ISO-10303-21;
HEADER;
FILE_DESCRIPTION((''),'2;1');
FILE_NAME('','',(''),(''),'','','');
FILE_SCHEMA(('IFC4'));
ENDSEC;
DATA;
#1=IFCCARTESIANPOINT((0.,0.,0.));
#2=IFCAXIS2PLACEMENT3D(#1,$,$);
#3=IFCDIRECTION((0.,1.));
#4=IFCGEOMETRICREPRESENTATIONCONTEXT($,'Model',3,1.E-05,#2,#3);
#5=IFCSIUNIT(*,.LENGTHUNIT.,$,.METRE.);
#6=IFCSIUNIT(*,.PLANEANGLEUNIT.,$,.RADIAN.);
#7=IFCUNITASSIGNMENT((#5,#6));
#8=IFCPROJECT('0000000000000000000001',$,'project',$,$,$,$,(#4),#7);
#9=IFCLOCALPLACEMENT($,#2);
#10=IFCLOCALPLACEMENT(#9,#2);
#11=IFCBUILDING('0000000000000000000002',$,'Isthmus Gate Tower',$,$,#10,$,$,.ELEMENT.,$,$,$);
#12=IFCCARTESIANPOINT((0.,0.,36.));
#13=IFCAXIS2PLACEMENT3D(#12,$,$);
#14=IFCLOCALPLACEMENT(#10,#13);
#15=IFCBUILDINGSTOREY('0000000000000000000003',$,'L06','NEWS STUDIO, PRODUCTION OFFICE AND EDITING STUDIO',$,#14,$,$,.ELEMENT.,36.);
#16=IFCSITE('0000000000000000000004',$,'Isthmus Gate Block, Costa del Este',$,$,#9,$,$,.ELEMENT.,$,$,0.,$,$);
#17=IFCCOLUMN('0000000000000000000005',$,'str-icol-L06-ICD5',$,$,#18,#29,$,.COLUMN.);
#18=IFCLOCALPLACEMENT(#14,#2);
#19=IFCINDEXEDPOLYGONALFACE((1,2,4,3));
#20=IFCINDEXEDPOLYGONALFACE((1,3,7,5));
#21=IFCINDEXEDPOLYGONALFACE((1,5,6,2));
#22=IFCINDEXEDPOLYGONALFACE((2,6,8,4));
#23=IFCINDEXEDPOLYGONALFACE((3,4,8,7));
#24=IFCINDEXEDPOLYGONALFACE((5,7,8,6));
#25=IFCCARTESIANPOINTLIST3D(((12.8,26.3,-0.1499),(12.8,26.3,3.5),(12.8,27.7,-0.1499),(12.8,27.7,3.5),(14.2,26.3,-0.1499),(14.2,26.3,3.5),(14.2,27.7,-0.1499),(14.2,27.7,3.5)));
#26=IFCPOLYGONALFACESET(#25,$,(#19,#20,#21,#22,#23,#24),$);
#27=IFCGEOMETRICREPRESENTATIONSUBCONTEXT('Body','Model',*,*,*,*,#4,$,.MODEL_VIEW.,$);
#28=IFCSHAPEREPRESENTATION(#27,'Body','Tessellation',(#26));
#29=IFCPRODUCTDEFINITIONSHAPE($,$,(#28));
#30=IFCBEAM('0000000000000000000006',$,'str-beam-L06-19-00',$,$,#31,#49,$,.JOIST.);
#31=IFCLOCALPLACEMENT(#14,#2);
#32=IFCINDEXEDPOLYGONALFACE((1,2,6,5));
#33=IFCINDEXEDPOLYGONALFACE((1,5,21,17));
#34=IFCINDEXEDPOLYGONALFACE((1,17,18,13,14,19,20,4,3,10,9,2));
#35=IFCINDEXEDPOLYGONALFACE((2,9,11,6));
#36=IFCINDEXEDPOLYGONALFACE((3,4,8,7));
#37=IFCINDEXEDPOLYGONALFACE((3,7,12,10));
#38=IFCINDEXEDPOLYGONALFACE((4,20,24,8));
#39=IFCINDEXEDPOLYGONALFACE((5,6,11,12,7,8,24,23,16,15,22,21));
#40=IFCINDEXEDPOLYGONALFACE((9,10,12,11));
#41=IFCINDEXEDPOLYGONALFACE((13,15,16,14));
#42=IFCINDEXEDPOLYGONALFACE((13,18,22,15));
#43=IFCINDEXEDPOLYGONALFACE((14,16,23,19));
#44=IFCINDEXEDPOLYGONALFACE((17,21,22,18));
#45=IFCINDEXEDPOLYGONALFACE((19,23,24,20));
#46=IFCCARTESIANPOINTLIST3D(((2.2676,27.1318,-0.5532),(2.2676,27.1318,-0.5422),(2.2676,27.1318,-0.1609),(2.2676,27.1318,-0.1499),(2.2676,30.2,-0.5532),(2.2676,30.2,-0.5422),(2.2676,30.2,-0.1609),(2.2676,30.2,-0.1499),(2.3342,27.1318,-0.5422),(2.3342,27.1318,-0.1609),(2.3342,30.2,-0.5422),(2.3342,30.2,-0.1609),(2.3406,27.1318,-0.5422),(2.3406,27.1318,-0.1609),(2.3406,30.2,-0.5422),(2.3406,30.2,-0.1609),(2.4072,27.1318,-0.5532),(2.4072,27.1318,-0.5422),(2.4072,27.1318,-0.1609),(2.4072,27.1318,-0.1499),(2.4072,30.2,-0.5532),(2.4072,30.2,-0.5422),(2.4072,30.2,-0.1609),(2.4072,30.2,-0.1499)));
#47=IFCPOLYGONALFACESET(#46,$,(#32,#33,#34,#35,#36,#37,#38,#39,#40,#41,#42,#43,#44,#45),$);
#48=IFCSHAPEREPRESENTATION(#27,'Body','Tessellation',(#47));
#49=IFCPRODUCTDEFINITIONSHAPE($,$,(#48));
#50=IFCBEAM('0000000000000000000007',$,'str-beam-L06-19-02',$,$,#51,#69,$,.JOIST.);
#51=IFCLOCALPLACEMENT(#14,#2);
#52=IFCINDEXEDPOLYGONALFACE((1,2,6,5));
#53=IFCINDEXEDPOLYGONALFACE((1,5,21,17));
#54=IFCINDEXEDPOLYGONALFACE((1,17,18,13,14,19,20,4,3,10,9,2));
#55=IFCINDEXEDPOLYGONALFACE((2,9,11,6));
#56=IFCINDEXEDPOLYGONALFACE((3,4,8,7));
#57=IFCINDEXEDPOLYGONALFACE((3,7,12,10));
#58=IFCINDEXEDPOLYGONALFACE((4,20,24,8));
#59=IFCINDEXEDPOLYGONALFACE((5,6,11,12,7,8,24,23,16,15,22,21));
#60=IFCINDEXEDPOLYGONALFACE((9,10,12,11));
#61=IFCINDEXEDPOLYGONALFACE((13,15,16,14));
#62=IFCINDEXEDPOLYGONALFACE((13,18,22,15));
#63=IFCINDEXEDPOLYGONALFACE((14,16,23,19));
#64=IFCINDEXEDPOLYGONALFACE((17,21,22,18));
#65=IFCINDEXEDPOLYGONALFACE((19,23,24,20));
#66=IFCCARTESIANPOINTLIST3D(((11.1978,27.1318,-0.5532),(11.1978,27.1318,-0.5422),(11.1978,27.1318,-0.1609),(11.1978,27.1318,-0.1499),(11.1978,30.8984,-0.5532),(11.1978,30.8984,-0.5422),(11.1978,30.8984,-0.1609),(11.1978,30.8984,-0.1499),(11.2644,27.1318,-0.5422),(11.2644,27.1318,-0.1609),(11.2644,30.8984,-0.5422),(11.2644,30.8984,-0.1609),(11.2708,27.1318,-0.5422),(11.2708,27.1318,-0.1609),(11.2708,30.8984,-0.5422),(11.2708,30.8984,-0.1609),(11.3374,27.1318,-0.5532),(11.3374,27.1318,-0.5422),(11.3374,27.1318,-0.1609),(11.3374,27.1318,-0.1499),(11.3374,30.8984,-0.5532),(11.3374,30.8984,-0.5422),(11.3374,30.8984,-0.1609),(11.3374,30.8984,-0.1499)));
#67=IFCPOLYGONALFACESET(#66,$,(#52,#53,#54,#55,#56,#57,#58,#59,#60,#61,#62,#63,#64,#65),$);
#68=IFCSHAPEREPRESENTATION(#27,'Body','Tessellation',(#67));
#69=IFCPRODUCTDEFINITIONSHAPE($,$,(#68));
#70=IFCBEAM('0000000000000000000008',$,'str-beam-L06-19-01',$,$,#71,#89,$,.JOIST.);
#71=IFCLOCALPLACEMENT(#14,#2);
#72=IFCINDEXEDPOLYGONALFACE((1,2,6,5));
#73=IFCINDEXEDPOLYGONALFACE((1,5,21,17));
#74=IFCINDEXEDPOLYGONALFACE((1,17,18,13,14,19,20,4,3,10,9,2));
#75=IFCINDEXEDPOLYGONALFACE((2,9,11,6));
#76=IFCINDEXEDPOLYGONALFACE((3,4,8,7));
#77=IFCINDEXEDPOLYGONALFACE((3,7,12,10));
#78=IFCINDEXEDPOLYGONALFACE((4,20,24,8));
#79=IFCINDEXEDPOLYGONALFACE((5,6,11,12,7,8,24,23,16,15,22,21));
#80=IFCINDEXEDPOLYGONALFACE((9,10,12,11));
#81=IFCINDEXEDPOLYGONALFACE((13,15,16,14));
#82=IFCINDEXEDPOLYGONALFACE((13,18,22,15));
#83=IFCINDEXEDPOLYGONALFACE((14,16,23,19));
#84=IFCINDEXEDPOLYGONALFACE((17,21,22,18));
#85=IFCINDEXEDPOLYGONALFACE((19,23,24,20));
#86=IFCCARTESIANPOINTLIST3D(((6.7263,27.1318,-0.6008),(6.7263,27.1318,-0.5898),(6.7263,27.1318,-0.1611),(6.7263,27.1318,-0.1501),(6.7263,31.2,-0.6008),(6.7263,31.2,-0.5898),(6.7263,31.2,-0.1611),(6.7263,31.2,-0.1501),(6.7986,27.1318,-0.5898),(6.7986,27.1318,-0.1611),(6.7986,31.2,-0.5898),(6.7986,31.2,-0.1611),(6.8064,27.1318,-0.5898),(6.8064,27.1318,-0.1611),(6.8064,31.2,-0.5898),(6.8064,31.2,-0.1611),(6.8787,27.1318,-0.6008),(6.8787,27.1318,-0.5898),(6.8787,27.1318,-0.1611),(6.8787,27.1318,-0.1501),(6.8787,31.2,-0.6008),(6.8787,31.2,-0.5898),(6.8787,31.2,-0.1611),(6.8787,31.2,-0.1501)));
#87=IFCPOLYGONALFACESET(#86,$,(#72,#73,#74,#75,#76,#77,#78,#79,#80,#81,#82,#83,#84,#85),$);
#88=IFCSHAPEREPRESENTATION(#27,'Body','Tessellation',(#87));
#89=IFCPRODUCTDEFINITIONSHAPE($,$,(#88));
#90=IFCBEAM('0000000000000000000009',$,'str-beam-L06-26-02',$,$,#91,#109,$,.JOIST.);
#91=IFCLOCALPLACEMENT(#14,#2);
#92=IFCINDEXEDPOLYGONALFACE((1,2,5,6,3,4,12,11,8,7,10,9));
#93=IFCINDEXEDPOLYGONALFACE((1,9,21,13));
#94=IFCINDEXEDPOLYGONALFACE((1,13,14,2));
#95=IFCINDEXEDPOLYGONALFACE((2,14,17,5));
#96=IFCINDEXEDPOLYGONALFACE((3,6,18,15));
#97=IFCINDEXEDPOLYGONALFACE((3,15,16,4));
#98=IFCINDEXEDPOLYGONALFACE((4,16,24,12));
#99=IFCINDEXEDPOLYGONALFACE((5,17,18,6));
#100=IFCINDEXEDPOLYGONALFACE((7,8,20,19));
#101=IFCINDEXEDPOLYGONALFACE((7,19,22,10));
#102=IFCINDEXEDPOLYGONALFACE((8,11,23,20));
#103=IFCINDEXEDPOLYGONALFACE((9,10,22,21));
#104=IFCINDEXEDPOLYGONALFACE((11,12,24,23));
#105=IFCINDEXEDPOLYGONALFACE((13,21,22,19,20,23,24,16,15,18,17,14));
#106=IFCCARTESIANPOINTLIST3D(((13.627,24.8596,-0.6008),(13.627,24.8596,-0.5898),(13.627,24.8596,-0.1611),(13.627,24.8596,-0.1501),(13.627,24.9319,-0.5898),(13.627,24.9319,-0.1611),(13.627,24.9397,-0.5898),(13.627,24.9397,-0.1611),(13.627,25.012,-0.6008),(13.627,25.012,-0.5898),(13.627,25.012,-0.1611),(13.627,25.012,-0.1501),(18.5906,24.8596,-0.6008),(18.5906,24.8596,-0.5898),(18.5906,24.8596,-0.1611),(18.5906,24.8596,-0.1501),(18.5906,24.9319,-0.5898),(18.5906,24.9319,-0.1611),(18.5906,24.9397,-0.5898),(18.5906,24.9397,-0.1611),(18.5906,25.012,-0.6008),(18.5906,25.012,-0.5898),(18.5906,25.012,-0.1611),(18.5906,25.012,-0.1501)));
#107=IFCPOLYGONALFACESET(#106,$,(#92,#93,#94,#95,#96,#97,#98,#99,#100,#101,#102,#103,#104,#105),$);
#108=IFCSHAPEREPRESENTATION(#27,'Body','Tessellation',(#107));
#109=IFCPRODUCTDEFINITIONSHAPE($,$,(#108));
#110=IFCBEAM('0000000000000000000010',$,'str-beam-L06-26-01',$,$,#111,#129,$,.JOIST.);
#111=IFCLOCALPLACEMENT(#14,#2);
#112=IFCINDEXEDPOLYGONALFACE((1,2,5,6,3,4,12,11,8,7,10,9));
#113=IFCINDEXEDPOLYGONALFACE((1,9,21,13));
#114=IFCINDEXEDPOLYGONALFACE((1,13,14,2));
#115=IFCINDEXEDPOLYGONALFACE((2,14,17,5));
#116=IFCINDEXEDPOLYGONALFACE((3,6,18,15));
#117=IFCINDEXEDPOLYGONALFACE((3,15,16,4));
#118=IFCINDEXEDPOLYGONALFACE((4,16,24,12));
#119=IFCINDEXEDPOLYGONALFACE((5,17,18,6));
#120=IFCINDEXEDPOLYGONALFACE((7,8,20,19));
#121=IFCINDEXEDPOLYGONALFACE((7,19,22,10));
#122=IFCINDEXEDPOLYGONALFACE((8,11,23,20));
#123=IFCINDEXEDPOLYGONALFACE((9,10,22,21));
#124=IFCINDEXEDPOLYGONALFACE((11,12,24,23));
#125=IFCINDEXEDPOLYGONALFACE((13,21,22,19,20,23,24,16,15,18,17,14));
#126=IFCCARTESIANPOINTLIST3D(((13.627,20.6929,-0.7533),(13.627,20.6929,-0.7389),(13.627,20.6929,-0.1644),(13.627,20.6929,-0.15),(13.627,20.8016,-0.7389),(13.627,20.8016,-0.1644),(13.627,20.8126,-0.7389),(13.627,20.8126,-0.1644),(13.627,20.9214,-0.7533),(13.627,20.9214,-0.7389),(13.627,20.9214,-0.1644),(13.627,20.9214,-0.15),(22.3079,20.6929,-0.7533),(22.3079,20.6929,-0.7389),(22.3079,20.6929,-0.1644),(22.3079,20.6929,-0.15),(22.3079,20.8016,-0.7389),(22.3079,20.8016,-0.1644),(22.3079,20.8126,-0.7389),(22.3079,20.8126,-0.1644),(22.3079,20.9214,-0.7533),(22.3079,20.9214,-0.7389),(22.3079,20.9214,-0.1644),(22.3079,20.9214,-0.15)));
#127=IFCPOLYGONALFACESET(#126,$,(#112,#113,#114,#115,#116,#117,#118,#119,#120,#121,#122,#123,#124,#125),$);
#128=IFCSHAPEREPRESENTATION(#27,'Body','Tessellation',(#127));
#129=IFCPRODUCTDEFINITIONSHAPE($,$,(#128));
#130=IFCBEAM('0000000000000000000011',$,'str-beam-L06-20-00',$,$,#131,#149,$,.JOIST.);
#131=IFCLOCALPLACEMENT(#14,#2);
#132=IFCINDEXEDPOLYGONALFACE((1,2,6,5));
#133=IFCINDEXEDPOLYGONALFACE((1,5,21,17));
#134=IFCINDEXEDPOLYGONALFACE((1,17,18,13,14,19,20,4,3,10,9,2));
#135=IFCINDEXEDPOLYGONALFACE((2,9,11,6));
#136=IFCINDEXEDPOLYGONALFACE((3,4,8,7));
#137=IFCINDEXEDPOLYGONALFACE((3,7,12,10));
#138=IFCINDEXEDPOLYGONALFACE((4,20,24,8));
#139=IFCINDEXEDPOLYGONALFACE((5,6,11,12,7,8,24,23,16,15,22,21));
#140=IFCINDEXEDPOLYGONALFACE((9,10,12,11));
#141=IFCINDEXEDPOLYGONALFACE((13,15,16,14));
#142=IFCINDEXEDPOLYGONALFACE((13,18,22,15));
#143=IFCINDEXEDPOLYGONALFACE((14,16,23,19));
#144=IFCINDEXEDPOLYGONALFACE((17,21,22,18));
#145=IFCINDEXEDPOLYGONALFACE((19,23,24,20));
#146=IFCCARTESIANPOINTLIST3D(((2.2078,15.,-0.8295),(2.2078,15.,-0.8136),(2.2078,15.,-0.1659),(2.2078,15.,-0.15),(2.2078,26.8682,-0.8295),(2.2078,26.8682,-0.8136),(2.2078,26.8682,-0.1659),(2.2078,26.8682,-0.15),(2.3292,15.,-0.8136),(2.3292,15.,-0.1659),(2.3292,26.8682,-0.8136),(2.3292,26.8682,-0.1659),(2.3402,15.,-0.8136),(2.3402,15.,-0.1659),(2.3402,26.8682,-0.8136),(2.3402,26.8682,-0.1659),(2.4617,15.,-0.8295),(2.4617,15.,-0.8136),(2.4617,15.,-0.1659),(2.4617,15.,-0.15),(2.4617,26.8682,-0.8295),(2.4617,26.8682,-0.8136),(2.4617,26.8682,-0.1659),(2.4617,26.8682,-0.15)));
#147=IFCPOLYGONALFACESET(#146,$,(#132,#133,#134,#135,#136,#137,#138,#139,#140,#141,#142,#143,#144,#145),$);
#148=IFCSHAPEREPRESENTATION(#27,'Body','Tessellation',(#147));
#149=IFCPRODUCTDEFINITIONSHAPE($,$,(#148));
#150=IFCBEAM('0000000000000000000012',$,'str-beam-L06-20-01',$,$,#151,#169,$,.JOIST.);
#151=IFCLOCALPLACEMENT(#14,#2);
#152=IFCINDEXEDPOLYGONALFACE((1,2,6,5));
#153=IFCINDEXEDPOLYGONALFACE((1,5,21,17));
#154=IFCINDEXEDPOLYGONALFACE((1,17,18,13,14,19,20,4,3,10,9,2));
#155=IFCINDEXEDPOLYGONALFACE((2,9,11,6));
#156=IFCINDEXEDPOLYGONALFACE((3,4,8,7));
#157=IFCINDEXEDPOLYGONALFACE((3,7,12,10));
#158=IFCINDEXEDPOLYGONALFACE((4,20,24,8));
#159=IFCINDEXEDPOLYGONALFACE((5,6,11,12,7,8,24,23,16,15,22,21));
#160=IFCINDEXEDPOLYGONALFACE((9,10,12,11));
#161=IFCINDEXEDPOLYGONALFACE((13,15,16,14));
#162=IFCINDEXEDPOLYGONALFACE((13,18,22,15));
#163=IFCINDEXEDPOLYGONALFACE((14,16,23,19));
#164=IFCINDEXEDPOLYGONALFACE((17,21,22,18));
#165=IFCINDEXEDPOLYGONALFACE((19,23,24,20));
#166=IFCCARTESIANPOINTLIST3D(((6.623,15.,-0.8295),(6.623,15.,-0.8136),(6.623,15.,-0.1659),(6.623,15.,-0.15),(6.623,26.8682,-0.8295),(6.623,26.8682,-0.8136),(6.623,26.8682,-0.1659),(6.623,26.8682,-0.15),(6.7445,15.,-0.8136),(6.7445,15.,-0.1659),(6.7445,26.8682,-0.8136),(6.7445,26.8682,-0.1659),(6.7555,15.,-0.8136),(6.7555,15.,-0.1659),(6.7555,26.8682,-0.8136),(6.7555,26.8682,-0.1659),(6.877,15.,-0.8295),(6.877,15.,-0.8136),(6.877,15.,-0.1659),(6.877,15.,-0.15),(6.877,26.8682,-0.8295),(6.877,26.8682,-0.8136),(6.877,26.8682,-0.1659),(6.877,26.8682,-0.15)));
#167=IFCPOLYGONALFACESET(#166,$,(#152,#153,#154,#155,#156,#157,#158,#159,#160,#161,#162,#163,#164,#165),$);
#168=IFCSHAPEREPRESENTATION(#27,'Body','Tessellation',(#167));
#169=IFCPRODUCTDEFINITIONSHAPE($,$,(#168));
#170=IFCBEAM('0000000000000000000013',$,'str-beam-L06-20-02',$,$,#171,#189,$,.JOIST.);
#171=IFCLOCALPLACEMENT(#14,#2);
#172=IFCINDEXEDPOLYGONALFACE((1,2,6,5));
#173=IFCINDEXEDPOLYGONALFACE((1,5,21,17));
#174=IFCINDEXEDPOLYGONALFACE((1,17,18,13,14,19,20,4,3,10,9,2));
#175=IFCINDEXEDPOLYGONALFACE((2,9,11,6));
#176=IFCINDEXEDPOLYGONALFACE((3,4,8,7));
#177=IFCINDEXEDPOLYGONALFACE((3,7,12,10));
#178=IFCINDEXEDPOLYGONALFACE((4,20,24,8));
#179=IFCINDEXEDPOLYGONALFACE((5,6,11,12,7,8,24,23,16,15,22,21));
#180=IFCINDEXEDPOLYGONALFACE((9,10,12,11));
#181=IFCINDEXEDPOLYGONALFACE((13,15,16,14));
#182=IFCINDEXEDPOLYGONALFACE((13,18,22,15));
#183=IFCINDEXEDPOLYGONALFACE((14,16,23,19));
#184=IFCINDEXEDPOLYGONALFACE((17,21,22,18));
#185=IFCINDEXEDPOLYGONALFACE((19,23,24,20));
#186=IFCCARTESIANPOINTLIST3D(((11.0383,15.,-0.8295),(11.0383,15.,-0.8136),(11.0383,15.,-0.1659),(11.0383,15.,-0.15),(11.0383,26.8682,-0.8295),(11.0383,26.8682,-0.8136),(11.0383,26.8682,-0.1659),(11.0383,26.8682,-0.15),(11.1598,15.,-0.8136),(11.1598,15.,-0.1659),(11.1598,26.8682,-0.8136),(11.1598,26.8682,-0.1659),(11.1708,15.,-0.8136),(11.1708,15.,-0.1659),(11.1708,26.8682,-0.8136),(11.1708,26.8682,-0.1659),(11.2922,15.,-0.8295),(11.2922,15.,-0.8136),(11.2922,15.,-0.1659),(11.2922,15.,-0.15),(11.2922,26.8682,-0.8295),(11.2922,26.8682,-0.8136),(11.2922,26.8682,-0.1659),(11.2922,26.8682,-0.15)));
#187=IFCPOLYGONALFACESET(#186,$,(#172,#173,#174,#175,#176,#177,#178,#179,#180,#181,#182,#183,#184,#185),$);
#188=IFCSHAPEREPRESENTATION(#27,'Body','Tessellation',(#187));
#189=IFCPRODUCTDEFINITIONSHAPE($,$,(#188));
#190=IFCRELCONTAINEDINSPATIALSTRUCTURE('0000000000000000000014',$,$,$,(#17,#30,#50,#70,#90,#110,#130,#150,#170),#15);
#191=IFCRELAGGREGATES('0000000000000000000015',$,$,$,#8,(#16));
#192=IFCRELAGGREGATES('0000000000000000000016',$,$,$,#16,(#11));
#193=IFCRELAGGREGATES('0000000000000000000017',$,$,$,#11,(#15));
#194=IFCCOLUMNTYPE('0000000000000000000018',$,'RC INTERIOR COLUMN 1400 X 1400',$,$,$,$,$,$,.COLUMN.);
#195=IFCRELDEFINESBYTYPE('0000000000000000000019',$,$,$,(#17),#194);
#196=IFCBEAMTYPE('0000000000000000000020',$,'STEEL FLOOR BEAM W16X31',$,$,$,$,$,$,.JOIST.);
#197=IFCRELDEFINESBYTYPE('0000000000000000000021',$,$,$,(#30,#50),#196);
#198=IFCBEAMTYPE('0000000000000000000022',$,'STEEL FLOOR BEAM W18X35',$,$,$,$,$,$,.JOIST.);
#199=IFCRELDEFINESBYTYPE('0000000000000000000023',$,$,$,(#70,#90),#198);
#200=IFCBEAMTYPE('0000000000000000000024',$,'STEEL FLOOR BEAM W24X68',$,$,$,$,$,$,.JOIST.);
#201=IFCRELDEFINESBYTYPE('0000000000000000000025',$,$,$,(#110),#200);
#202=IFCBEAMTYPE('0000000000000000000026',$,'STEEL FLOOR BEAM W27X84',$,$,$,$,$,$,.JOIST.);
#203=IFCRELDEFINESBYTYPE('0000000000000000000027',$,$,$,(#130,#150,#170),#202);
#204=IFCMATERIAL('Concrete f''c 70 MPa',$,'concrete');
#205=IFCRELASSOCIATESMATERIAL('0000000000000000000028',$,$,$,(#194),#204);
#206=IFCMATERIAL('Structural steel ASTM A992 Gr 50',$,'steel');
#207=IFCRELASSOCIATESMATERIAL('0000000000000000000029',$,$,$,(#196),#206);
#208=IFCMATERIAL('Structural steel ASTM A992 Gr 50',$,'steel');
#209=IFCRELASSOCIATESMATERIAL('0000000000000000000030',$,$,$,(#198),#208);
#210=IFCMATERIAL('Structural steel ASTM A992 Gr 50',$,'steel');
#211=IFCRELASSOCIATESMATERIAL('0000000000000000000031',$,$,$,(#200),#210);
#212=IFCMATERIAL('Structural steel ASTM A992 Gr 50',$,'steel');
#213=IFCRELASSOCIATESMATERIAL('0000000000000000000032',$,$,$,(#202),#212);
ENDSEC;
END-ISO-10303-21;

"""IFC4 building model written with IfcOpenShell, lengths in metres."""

from ifc_helpers import new_model, si_unit, direction, frame, origin, origin_2d, place, context, subcontext, project, spatial, rectangle, i_section, extrude, material, material_profile, profile_set, type_object, element, save


model = new_model("IFC4")

# Units and contexts
model_context = context("Model", 3, precision=1e-05, world=origin(), true_north=direction((0.0, 1.0)))
body_context = subcontext(model_context, "Body", "Model", "MODEL_VIEW")
ifc_project = project(units=[si_unit("LENGTHUNIT", "METRE"), si_unit("PLANEANGLEUNIT", "RADIAN")], contexts=[model_context])

# Site, building, storey
site_placement = place(None, origin())
site = spatial("IfcSite", under=ifc_project, at=site_placement, Name="Isthmus Gate Block, Costa del Este", CompositionType="ELEMENT", RefElevation=0.0)
building_placement = place(site_placement, origin())
building = spatial("IfcBuilding", under=site, at=building_placement, Name="Isthmus Gate Tower", CompositionType="ELEMENT")
storey_placement = place(building_placement, frame((0.0, 0.0, 36.0)))
storey = spatial("IfcBuildingStorey", under=building, at=storey_placement, Name="L06", Description="NEWS STUDIO, PRODUCTION OFFICE AND EDITING STUDIO", CompositionType="ELEMENT", Elevation=36.0)

# Column
ifc_material_1 = material(Name="Concrete f'c 70 MPa", Category="concrete")
ifc_material_profile_1 = material_profile(ifc_material_1, rectangle(XDim=1.3999, YDim=1.3999, at=origin_2d()), Name="RC 1400X1400")
ifc_profile_set_1 = profile_set([ifc_material_profile_1], Name="Concrete f'c 70 MPa")
column_type = type_object("IfcColumnType", Name="RC INTERIOR COLUMN 1400 X 1400", PredefinedType="COLUMN", material=ifc_profile_set_1)
column_placement = place(storey_placement, frame((13.5, 27.0, -0.1499), z_axis=(0.0, 0.0, 1.0), x_axis=(1.0, 0.0, 0.0)))
element("IfcColumn", 1, at=column_placement, inside=storey, type_object=column_type, Name="str-icol-L06-ICD5", PredefinedType="COLUMN", context=body_context, shape_type="SweptSolid", body=[
    extrude(rectangle(XDim=1.3999, YDim=1.3999, at=origin_2d()), origin(), (0.0, 0.0, 1.0), 3.6499),
])

# Beams
ifc_material_2 = material(Name="Structural steel ASTM A992 Gr 50", Category="steel")
ifc_material_profile_2 = material_profile(ifc_material_2, i_section(OverallWidth=0.1396, OverallDepth=0.4033, WebThickness=0.0063, FlangeThickness=0.011, at=origin_2d()), Name="W16X31")
ifc_profile_set_2 = profile_set([ifc_material_profile_2], Name="Structural steel ASTM A992 Gr 50")
beam_type_1 = type_object("IfcBeamType", Name="STEEL FLOOR BEAM W16X31", PredefinedType="JOIST", material=ifc_profile_set_2)
beam_1_placement = place(storey_placement, frame((2.3374, 27.1318, -0.3516), z_axis=(0.0, 1.0, 0.0), x_axis=(-1.0, 0.0, 0.0)))
element("IfcBeam", 2, at=beam_1_placement, inside=storey, type_object=beam_type_1, Name="str-beam-L06-19-00", PredefinedType="JOIST", context=body_context, shape_type="SweptSolid", body=[
    extrude(i_section(OverallWidth=0.1396, OverallDepth=0.4033, WebThickness=0.0063, FlangeThickness=0.011, at=origin_2d()), origin(), (0.0, 0.0, 1.0), 3.0681),
])
beam_2_placement = place(storey_placement, frame((11.2676, 27.1318, -0.3516), z_axis=(0.0, 1.0, 0.0), x_axis=(-1.0, 0.0, 0.0)))
element("IfcBeam", 3, at=beam_2_placement, inside=storey, type_object=beam_type_1, Name="str-beam-L06-19-02", PredefinedType="JOIST", context=body_context, shape_type="SweptSolid", body=[
    extrude(i_section(OverallWidth=0.1396, OverallDepth=0.4033, WebThickness=0.0063, FlangeThickness=0.011, at=origin_2d()), origin(), (0.0, 0.0, 1.0), 3.7666),
])
ifc_material_3 = material(Name="Structural steel ASTM A992 Gr 50", Category="steel")
ifc_material_profile_3 = material_profile(ifc_material_3, i_section(OverallWidth=0.1523, OverallDepth=0.4507, WebThickness=0.0078, FlangeThickness=0.011, at=origin_2d()), Name="W18X35")
ifc_profile_set_3 = profile_set([ifc_material_profile_3], Name="Structural steel ASTM A992 Gr 50")
beam_type_2 = type_object("IfcBeamType", Name="STEEL FLOOR BEAM W18X35", PredefinedType="JOIST", material=ifc_profile_set_3)
beam_3_placement = place(storey_placement, frame((6.8025, 27.1318, -0.3755), z_axis=(0.0, 1.0, 0.0), x_axis=(-1.0, 0.0, 0.0)))
element("IfcBeam", 4, at=beam_3_placement, inside=storey, type_object=beam_type_2, Name="str-beam-L06-19-01", PredefinedType="JOIST", context=body_context, shape_type="SweptSolid", body=[
    extrude(i_section(OverallWidth=0.1523, OverallDepth=0.4507, WebThickness=0.0078, FlangeThickness=0.011, at=origin_2d()), origin(), (0.0, 0.0, 1.0), 4.0681),
])
beam_4_placement = place(storey_placement, frame((13.627, 24.9358, -0.3755), z_axis=(1.0, 0.0, 0.0), x_axis=(0.0, 1.0, 0.0)))
element("IfcBeam", 5, at=beam_4_placement, inside=storey, type_object=beam_type_2, Name="str-beam-L06-26-02", PredefinedType="JOIST", context=body_context, shape_type="SweptSolid", body=[
    extrude(i_section(OverallWidth=0.1523, OverallDepth=0.4507, WebThickness=0.0078, FlangeThickness=0.011, at=origin_2d()), origin(), (0.0, 0.0, 1.0), 4.9636),
])
ifc_material_4 = material(Name="Structural steel ASTM A992 Gr 50", Category="steel")
ifc_material_profile_4 = material_profile(ifc_material_4, i_section(OverallWidth=0.2285, OverallDepth=0.6033, WebThickness=0.011, FlangeThickness=0.0144, at=origin_2d()), Name="W24X68")
ifc_profile_set_4 = profile_set([ifc_material_profile_4], Name="Structural steel ASTM A992 Gr 50")
beam_type_3 = type_object("IfcBeamType", Name="STEEL FLOOR BEAM W24X68", PredefinedType="JOIST", material=ifc_profile_set_4)
beam_5_placement = place(storey_placement, frame((13.627, 20.8071, -0.4517), z_axis=(1.0, 0.0, 0.0), x_axis=(0.0, 1.0, 0.0)))
element("IfcBeam", 6, at=beam_5_placement, inside=storey, type_object=beam_type_3, Name="str-beam-L06-26-01", PredefinedType="JOIST", context=body_context, shape_type="SweptSolid", body=[
    extrude(i_section(OverallWidth=0.2285, OverallDepth=0.6033, WebThickness=0.011, FlangeThickness=0.0144, at=origin_2d()), origin(), (0.0, 0.0, 1.0), 8.6809),
])
ifc_material_5 = material(Name="Structural steel ASTM A992 Gr 50", Category="steel")
ifc_material_profile_5 = material_profile(ifc_material_5, i_section(OverallWidth=0.2539, OverallDepth=0.6794, WebThickness=0.011, FlangeThickness=0.0159, at=origin_2d()), Name="W27X84")
ifc_profile_set_5 = profile_set([ifc_material_profile_5], Name="Structural steel ASTM A992 Gr 50")
beam_type_4 = type_object("IfcBeamType", Name="STEEL FLOOR BEAM W27X84", PredefinedType="JOIST", material=ifc_profile_set_5)
for number, where, z_axis, x_axis, name in (
    (7, (2.3347, 15.0, -0.4897), (0.0, 1.0, 0.0), (-1.0, 0.0, 0.0), "str-beam-L06-20-00"),
    (8, (6.75, 15.0, -0.4897), (0.0, 1.0, 0.0), (-1.0, 0.0, 0.0), "str-beam-L06-20-01"),
    (9, (11.1653, 15.0, -0.4897), (0.0, 1.0, 0.0), (-1.0, 0.0, 0.0), "str-beam-L06-20-02"),
):
    element("IfcBeam", number, at=place(storey_placement, frame(where, z_axis=z_axis, x_axis=x_axis)), inside=storey, type_object=beam_type_4, Name=name, PredefinedType="JOIST", context=body_context, shape_type="SweptSolid", body=[
        extrude(i_section(OverallWidth=0.2539, OverallDepth=0.6794, WebThickness=0.011, FlangeThickness=0.0159, at=origin_2d()), origin(), (0.0, 0.0, 1.0), 11.8682),
    ])

save(model, "model.ifc")
